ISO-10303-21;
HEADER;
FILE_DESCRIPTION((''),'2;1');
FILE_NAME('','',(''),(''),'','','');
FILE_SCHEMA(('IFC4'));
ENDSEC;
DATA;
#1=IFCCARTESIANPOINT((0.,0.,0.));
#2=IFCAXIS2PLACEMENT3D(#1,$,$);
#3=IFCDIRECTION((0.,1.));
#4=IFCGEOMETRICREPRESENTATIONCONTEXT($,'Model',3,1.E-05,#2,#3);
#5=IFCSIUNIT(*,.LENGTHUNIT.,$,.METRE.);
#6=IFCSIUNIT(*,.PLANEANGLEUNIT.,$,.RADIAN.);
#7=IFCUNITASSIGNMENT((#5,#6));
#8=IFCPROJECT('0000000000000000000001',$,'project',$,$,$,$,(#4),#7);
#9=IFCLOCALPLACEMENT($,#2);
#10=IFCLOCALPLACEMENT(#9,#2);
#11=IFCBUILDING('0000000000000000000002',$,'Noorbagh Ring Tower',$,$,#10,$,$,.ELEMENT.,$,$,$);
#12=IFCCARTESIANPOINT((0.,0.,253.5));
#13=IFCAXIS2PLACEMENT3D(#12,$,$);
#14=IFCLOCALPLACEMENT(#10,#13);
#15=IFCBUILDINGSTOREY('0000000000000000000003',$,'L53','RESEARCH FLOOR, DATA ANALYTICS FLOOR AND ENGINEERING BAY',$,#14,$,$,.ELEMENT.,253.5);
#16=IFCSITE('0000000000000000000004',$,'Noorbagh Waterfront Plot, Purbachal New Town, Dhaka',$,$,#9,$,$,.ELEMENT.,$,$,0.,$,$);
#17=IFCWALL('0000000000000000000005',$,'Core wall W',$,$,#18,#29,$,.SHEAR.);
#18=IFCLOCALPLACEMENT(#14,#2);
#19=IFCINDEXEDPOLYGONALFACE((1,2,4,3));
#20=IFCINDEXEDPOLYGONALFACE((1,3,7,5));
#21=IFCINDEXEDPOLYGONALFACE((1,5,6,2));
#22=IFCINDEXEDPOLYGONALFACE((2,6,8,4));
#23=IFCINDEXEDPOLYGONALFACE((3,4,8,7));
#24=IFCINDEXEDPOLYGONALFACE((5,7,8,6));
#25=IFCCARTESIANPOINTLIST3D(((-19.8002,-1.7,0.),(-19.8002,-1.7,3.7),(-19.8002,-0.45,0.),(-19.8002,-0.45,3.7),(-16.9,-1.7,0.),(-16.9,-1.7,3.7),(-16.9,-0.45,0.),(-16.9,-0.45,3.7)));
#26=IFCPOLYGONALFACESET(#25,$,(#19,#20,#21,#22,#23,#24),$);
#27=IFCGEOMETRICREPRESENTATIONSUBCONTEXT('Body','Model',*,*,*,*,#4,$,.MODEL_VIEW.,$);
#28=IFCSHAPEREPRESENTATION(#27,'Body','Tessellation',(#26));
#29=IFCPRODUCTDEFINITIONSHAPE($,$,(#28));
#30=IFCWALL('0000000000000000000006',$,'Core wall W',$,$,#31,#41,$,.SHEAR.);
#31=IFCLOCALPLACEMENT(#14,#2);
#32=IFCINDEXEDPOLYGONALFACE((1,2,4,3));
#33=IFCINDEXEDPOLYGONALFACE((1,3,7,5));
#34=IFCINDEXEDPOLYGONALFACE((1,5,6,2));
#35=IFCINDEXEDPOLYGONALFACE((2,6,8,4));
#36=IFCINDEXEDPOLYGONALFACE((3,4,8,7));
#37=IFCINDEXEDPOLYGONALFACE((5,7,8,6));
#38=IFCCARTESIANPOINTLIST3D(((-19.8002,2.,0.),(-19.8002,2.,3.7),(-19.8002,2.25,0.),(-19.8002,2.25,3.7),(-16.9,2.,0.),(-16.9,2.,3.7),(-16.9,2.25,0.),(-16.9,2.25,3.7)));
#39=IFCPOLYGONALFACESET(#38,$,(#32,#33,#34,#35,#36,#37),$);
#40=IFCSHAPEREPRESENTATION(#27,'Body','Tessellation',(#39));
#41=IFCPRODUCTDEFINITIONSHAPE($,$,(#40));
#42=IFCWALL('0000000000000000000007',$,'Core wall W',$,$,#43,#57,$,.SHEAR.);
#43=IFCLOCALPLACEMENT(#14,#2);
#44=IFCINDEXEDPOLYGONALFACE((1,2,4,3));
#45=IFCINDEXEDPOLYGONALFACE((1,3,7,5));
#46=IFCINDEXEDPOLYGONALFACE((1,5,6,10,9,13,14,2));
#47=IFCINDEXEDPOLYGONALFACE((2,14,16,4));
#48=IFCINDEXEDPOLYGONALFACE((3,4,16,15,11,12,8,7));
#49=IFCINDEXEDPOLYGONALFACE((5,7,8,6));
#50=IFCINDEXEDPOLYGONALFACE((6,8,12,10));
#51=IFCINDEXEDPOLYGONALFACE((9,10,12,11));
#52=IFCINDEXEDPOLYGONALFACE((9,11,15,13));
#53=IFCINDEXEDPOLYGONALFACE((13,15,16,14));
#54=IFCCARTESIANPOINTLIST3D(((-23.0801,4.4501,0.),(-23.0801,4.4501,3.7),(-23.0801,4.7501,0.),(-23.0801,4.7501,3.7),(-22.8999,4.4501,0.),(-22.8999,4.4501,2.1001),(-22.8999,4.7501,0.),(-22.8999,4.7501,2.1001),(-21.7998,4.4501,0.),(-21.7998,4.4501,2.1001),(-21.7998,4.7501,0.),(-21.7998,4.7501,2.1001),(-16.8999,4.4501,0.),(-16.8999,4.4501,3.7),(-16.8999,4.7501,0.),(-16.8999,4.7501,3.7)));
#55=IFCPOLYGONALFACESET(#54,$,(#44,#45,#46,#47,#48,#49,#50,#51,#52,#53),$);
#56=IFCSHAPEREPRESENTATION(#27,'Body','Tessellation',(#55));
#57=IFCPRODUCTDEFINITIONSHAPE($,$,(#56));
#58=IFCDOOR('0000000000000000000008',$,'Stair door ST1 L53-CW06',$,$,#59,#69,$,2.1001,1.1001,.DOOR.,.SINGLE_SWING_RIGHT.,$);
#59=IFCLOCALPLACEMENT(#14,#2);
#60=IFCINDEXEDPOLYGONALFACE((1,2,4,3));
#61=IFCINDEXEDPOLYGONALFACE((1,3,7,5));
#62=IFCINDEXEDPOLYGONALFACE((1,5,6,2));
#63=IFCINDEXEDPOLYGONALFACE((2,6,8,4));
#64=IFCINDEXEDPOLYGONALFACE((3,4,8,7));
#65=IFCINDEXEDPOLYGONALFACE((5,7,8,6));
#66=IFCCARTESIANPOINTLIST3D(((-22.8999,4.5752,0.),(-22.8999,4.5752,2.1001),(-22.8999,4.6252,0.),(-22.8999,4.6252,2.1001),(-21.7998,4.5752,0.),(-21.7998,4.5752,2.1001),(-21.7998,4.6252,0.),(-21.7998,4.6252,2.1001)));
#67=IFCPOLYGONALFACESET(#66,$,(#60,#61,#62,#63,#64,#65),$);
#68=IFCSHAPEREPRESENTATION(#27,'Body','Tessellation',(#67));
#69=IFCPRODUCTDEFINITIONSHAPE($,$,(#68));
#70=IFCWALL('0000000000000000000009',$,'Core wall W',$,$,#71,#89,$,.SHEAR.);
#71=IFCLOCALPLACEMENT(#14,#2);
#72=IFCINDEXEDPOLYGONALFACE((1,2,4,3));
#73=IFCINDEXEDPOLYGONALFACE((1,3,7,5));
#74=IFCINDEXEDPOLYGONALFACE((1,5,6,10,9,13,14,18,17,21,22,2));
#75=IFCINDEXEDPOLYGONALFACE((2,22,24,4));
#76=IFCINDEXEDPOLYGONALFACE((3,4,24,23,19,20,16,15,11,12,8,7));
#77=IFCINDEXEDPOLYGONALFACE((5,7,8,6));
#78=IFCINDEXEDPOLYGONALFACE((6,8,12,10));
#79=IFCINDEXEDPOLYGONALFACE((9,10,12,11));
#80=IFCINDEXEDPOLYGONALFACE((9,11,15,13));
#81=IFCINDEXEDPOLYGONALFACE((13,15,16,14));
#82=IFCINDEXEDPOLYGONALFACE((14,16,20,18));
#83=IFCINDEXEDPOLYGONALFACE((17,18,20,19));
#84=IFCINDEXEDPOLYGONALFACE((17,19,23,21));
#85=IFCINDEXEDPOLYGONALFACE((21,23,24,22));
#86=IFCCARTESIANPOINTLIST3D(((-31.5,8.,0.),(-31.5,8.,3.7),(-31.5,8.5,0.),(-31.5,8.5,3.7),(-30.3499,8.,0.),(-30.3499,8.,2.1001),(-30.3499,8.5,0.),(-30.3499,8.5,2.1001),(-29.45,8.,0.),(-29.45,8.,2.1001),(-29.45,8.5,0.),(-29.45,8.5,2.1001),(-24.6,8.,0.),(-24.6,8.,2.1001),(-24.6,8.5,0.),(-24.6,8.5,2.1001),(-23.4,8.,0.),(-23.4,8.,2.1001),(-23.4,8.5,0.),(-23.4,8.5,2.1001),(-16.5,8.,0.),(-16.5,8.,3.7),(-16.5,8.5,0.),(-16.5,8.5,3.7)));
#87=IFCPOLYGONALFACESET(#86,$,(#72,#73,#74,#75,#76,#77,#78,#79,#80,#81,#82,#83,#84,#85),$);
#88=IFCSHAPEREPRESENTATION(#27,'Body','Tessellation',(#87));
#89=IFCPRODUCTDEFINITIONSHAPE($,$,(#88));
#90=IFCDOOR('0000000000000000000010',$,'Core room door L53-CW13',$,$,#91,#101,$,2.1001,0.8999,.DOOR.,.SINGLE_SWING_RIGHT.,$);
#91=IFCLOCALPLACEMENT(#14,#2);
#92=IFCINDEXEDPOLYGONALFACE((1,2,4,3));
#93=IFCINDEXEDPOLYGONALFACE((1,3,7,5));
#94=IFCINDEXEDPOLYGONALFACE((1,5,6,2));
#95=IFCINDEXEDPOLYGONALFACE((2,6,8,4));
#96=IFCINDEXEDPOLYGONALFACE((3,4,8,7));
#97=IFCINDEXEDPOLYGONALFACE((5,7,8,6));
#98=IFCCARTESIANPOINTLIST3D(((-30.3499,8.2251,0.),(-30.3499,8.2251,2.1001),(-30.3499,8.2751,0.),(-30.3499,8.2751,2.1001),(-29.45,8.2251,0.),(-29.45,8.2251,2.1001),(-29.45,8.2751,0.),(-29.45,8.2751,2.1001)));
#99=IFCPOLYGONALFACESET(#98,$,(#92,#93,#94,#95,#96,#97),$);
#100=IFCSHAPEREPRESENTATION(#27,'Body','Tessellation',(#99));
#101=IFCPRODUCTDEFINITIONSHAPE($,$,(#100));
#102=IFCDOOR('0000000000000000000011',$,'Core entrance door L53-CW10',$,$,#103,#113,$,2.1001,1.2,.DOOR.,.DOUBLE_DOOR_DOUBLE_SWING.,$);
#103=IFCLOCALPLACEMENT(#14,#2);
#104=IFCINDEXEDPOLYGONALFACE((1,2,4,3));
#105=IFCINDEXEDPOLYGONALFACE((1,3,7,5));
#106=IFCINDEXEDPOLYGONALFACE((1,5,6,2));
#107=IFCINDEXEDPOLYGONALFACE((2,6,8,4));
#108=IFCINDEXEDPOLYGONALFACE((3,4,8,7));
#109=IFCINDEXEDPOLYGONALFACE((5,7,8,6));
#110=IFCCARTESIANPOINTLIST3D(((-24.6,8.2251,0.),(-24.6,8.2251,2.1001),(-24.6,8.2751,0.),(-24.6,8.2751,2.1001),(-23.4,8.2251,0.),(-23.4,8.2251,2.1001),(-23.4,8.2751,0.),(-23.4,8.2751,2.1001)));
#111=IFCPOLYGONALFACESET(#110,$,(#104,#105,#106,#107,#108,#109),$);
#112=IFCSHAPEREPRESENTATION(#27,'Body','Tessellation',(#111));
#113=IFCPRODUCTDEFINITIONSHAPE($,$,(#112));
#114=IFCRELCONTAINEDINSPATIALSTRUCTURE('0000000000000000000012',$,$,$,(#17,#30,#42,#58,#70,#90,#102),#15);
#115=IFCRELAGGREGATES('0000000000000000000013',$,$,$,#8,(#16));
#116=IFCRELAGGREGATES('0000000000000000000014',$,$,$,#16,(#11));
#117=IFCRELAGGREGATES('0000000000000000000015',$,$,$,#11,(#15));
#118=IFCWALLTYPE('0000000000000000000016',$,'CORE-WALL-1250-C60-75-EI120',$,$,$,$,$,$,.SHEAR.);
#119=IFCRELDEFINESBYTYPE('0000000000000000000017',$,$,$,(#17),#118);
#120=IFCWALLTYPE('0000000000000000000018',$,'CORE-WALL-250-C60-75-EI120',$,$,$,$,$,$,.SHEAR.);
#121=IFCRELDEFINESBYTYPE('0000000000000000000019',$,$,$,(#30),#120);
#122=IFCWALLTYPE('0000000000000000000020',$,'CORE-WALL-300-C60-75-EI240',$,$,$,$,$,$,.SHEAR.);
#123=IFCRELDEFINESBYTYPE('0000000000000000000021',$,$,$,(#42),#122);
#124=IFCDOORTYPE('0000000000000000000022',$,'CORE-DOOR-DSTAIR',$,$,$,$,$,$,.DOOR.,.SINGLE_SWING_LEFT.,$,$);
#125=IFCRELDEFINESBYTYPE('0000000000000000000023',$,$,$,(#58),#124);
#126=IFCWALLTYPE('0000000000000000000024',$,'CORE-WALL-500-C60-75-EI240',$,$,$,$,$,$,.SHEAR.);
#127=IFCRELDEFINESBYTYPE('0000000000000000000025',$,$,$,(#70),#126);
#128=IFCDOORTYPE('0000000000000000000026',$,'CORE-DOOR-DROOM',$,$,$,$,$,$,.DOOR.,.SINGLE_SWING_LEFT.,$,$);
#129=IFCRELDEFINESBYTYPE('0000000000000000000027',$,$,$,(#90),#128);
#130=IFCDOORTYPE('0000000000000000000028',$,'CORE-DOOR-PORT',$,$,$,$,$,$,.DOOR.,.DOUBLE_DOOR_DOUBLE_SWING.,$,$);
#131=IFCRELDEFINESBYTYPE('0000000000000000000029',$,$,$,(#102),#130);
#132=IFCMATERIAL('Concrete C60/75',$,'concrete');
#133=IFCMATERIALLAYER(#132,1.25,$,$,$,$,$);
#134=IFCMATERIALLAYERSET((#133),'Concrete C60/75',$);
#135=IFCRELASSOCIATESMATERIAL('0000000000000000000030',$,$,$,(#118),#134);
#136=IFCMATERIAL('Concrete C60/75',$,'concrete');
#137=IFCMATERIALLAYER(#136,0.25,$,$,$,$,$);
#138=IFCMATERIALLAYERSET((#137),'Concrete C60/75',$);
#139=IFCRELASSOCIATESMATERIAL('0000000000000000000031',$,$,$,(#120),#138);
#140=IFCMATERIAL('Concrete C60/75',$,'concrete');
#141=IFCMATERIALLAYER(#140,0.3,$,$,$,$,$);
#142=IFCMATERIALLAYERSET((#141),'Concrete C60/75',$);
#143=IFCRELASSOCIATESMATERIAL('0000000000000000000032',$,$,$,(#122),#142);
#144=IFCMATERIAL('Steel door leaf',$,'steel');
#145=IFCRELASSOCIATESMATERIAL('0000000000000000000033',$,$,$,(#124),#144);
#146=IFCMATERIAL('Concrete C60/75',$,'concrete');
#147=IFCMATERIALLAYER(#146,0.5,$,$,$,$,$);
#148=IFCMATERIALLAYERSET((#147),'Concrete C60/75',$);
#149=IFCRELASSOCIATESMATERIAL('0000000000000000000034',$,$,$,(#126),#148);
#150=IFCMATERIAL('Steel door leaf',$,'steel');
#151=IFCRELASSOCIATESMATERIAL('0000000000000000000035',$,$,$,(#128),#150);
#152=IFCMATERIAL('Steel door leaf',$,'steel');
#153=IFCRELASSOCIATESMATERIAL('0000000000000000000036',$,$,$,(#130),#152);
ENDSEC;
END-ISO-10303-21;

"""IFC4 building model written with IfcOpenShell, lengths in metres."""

from ifc_helpers import new_model, si_unit, direction, frame, frame_2d, origin, place, context, subcontext, project, spatial, rectangle, extrude, material, layer, layer_set, type_object, element, fill, save


model = new_model("IFC4")

# Units and contexts
model_context = context("Model", 3, precision=1e-05, world=origin(), true_north=direction((0.0, 1.0)))
body_context = subcontext(model_context, "Body", "Model", "MODEL_VIEW")
ifc_project = project(units=[si_unit("LENGTHUNIT", "METRE"), si_unit("PLANEANGLEUNIT", "RADIAN")], contexts=[model_context])

# Site, building, storey
site_placement = place(None, origin())
site = spatial("IfcSite", under=ifc_project, at=site_placement, Name="Noorbagh Waterfront Plot, Purbachal New Town, Dhaka", CompositionType="ELEMENT", RefElevation=0.0)
building_placement = place(site_placement, origin())
building = spatial("IfcBuilding", under=site, at=building_placement, Name="Noorbagh Ring Tower", CompositionType="ELEMENT")
storey_placement = place(building_placement, frame((0.0, 0.0, 253.5)))
storey = spatial("IfcBuildingStorey", under=building, at=storey_placement, Name="L53", Description="RESEARCH FLOOR, DATA ANALYTICS FLOOR AND ENGINEERING BAY", CompositionType="ELEMENT", Elevation=253.5)

# Walls
ifc_material_1 = material(Name="Concrete C60/75", Category="concrete")
ifc_layer_1 = layer(ifc_material_1, 1.25)
ifc_layer_set_1 = layer_set([ifc_layer_1], Name="Concrete C60/75")
wall_type_1 = type_object("IfcWallType", Name="CORE-WALL-1250-C60-75-EI120", PredefinedType="SHEAR", material=ifc_layer_set_1)
wall_1_placement = place(storey_placement, frame((-16.8999, -1.075, 0.0), z_axis=(0.0, 0.0, 1.0), x_axis=(-1.0, 0.0, 0.0)))
element("IfcWall", 1, at=wall_1_placement, inside=storey, type_object=wall_type_1, Name="Core wall W", PredefinedType="SHEAR", context=body_context, shape_type="SweptSolid", body=[
    extrude(rectangle(XDim=2.9001, YDim=1.25, at=frame_2d((1.4502, 0.0))), origin(), (0.0, 0.0, 1.0), 3.7),
])
ifc_material_2 = material(Name="Concrete C60/75", Category="concrete")
ifc_layer_2 = layer(ifc_material_2, 0.25)
ifc_layer_set_2 = layer_set([ifc_layer_2], Name="Concrete C60/75")
wall_type_2 = type_object("IfcWallType", Name="CORE-WALL-250-C60-75-EI120", PredefinedType="SHEAR", material=ifc_layer_set_2)
wall_2_placement = place(storey_placement, frame((-16.8999, 2.125, 0.0), z_axis=(0.0, 0.0, 1.0), x_axis=(-1.0, 0.0, 0.0)))
element("IfcWall", 2, at=wall_2_placement, inside=storey, type_object=wall_type_2, Name="Core wall W", PredefinedType="SHEAR", context=body_context, shape_type="SweptSolid", body=[
    extrude(rectangle(XDim=2.9001, YDim=0.25, at=frame_2d((1.4502, 0.0))), origin(), (0.0, 0.0, 1.0), 3.7),
])

# Wall, opening, door
ifc_material_3 = material(Name="Concrete C60/75", Category="concrete")
ifc_layer_3 = layer(ifc_material_3, 0.3)
ifc_layer_set_3 = layer_set([ifc_layer_3], Name="Concrete C60/75")
wall_type_3 = type_object("IfcWallType", Name="CORE-WALL-300-C60-75-EI240", PredefinedType="SHEAR", material=ifc_layer_set_3)
wall_3_placement = place(storey_placement, frame((-16.8999, 4.6001, 0.0), z_axis=(0.0, 0.0, 1.0), x_axis=(-1.0, 0.0, 0.0)))
wall_3 = element("IfcWall", 3, at=wall_3_placement, inside=storey, type_object=wall_type_3, Name="Core wall W", PredefinedType="SHEAR", context=body_context, shape_type="SweptSolid", body=[
    extrude(rectangle(XDim=6.1802, YDim=0.3, at=frame_2d((3.0901, 0.0))), origin(), (0.0, 0.0, 1.0), 3.7),
])
opening_1_placement = place(wall_3_placement, frame((4.8999, 0.0, 0.0)))
opening_1 = element("IfcOpeningElement", 4, at=opening_1_placement, cuts=wall_3, PredefinedType="OPENING", context=body_context, shape_type="SweptSolid", body=[
    extrude(rectangle(XDim=1.1001, YDim=2.1001, at=frame_2d((0.55, 1.05))), frame((0.0, 0.1602, 0.0), z_axis=(0.0, -1.0, 0.0), x_axis=(1.0, 0.0, 0.0)), (0.0, 0.0, 1.0), 0.3201),
])
ifc_material_4 = material(Name="Steel door leaf", Category="steel")
door_type_1 = type_object("IfcDoorType", Name="CORE-DOOR-DSTAIR", OperationType="SINGLE_SWING_LEFT", PredefinedType="DOOR", material=ifc_material_4)
door_1_placement = place(opening_1_placement, origin())
door_1 = element("IfcDoor", 5, at=door_1_placement, inside=storey, type_object=door_type_1, Name="Stair door ST1 L53-CW06", OperationType="SINGLE_SWING_RIGHT", OverallHeight=2.1001, OverallWidth=1.1001, PredefinedType="DOOR", context=body_context, shape_type="SweptSolid", body=[
    extrude(rectangle(XDim=1.1001, YDim=2.1001, at=frame_2d((0.55, 1.05))), frame((0.0, 0.0249, 0.0), z_axis=(0.0, -1.0, 0.0), x_axis=(1.0, 0.0, 0.0)), (0.0, 0.0, 1.0), 0.05),
])
fill(opening_1, door_1)

# Wall, openings, doors
ifc_material_5 = material(Name="Concrete C60/75", Category="concrete")
ifc_layer_4 = layer(ifc_material_5, 0.5)
ifc_layer_set_4 = layer_set([ifc_layer_4], Name="Concrete C60/75")
wall_type_4 = type_object("IfcWallType", Name="CORE-WALL-500-C60-75-EI240", PredefinedType="SHEAR", material=ifc_layer_set_4)
wall_4_placement = place(storey_placement, frame((-16.5, 8.25, 0.0), z_axis=(0.0, 0.0, 1.0), x_axis=(-1.0, 0.0, 0.0)))
wall_4 = element("IfcWall", 6, at=wall_4_placement, inside=storey, type_object=wall_type_4, Name="Core wall W", PredefinedType="SHEAR", context=body_context, shape_type="SweptSolid", body=[
    extrude(rectangle(XDim=15.0, YDim=0.5, at=frame_2d((7.5, 0.0))), origin(), (0.0, 0.0, 1.0), 3.7),
])
opening_2_placement = place(wall_4_placement, frame((6.8999, 0.0, 0.0)))
opening_2 = element("IfcOpeningElement", 7, at=opening_2_placement, cuts=wall_4, PredefinedType="OPENING", context=body_context, shape_type="SweptSolid", body=[
    extrude(rectangle(XDim=1.2, YDim=2.1001, at=frame_2d((0.6001, 1.05))), frame((0.0, 0.26, 0.0), z_axis=(0.0, -1.0, 0.0), x_axis=(1.0, 0.0, 0.0)), (0.0, 0.0, 1.0), 0.52),
])
opening_3_placement = place(wall_4_placement, frame((12.95, 0.0, 0.0)))
opening_3 = element("IfcOpeningElement", 8, at=opening_3_placement, cuts=wall_4, PredefinedType="OPENING", context=body_context, shape_type="SweptSolid", body=[
    extrude(rectangle(XDim=0.8999, YDim=2.1001, at=frame_2d((0.45, 1.05))), frame((0.0, 0.26, 0.0), z_axis=(0.0, -1.0, 0.0), x_axis=(1.0, 0.0, 0.0)), (0.0, 0.0, 1.0), 0.52),
])
ifc_material_6 = material(Name="Steel door leaf", Category="steel")
door_type_2 = type_object("IfcDoorType", Name="CORE-DOOR-DROOM", OperationType="SINGLE_SWING_LEFT", PredefinedType="DOOR", material=ifc_material_6)
door_2_placement = place(opening_3_placement, origin())
door_2 = element("IfcDoor", 9, at=door_2_placement, inside=storey, type_object=door_type_2, Name="Core room door L53-CW13", OperationType="SINGLE_SWING_RIGHT", OverallHeight=2.1001, OverallWidth=0.8999, PredefinedType="DOOR", context=body_context, shape_type="SweptSolid", body=[
    extrude(rectangle(XDim=0.8999, YDim=2.1001, at=frame_2d((0.45, 1.05))), frame((0.0, 0.0249, 0.0), z_axis=(0.0, -1.0, 0.0), x_axis=(1.0, 0.0, 0.0)), (0.0, 0.0, 1.0), 0.05),
])
fill(opening_3, door_2)
ifc_material_7 = material(Name="Steel door leaf", Category="steel")
door_type_3 = type_object("IfcDoorType", Name="CORE-DOOR-PORT", OperationType="DOUBLE_DOOR_DOUBLE_SWING", PredefinedType="DOOR", material=ifc_material_7)
door_3_placement = place(opening_2_placement, origin())
door_3 = element("IfcDoor", 10, at=door_3_placement, inside=storey, type_object=door_type_3, Name="Core entrance door L53-CW10", OperationType="DOUBLE_DOOR_DOUBLE_SWING", OverallHeight=2.1001, OverallWidth=1.2, PredefinedType="DOOR", context=body_context, shape_type="SweptSolid", body=[
    extrude(rectangle(XDim=1.2, YDim=2.1001, at=frame_2d((0.6001, 1.05))), frame((0.0, 0.0249, 0.0), z_axis=(0.0, -1.0, 0.0), x_axis=(1.0, 0.0, 0.0)), (0.0, 0.0, 1.0), 0.05),
])
fill(opening_2, door_3)

save(model, "model.ifc")
